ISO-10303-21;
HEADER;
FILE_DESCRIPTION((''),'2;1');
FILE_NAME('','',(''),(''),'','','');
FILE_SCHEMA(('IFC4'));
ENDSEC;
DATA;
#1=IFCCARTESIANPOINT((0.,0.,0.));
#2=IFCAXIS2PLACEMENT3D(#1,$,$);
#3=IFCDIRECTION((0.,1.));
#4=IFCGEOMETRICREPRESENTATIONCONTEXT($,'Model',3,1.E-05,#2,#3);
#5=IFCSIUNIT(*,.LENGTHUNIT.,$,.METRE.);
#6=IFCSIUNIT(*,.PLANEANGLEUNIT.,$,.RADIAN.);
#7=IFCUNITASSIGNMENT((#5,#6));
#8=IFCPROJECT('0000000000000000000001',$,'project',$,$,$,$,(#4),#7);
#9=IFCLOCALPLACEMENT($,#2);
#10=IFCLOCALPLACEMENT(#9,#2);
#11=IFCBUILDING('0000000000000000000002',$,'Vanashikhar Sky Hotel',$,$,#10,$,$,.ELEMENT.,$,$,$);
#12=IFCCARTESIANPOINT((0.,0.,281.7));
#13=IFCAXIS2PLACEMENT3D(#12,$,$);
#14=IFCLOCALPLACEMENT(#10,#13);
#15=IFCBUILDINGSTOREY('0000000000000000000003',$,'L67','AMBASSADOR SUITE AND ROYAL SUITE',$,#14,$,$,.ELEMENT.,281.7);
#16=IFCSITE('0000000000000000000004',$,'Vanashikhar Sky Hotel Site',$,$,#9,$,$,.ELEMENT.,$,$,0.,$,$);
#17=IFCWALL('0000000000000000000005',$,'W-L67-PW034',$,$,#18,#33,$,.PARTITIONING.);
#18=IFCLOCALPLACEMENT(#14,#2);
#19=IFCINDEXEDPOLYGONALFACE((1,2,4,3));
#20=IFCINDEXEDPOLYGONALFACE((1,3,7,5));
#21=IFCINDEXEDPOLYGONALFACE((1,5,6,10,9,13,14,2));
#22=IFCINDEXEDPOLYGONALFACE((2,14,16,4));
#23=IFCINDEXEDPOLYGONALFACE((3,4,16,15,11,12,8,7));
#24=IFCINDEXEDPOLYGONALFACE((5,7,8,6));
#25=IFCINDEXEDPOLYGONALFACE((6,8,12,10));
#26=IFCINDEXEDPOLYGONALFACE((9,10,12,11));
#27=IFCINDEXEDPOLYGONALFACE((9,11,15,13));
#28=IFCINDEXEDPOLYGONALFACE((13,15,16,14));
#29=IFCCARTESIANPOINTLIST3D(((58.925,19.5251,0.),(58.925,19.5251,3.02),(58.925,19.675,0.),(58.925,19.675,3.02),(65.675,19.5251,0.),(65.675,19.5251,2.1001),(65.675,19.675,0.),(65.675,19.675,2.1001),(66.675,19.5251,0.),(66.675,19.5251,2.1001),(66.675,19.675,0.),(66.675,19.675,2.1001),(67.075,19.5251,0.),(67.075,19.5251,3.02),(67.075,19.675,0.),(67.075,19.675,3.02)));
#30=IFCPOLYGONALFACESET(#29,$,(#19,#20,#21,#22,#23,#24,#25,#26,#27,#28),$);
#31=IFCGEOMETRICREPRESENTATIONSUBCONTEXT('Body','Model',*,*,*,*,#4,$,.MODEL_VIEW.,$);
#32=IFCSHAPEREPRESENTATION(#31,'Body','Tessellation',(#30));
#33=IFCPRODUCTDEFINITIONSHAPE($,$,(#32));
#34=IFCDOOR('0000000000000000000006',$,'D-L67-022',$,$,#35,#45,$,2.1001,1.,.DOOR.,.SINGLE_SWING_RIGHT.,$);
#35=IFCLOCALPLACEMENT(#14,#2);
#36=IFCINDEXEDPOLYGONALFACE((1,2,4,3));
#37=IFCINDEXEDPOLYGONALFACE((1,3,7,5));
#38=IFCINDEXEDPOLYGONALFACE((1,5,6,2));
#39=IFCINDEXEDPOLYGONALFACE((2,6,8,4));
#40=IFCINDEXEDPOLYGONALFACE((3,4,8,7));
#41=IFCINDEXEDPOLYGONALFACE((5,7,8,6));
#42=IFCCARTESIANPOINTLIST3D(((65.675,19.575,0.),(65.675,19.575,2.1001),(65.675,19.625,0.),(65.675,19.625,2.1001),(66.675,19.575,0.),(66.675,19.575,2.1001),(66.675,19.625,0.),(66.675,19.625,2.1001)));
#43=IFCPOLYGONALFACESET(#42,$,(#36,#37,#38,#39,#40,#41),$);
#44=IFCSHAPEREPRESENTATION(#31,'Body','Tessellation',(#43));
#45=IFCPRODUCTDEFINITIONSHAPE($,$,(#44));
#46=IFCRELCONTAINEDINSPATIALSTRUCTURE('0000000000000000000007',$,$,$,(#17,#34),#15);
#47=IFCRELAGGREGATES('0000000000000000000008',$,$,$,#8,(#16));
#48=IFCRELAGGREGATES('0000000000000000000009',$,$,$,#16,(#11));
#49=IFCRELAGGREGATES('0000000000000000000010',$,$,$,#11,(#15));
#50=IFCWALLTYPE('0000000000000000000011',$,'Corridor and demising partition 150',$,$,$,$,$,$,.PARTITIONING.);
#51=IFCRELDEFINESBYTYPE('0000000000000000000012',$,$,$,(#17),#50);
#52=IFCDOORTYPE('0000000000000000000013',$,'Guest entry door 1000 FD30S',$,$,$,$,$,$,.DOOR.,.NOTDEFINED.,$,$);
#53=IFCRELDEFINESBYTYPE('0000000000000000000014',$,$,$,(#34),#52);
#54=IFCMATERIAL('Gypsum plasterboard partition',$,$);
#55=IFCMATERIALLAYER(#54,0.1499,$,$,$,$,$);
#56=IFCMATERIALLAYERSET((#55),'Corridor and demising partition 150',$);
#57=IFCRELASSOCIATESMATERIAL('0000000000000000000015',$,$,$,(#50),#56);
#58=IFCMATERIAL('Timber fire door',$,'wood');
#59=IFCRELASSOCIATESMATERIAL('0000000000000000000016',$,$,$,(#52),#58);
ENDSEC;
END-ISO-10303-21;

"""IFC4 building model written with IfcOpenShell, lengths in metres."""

from ifc_helpers import new_model, si_unit, direction, frame, frame_2d, origin, place, context, subcontext, project, spatial, rectangle, extrude, source, transform, mapped, material, layer, layer_set, type_object, element, fill, save


model = new_model("IFC4")

# Units and contexts
model_context = context("Model", 3, precision=1e-05, world=origin(), true_north=direction((0.0, 1.0)))
body_context = subcontext(model_context, "Body", "Model", "MODEL_VIEW")
ifc_project = project(units=[si_unit("LENGTHUNIT", "METRE"), si_unit("PLANEANGLEUNIT", "RADIAN")], contexts=[model_context])

# Site, building, storey
site_placement = place(None, origin())
site = spatial("IfcSite", under=ifc_project, at=site_placement, Name="Vanashikhar Sky Hotel Site", CompositionType="ELEMENT", RefElevation=0.0)
building_placement = place(site_placement, origin())
building = spatial("IfcBuilding", under=site, at=building_placement, Name="Vanashikhar Sky Hotel", CompositionType="ELEMENT")
storey_placement = place(building_placement, frame((0.0, 0.0, 281.7)))
storey = spatial("IfcBuildingStorey", under=building, at=storey_placement, Name="L67", Description="AMBASSADOR SUITE AND ROYAL SUITE", CompositionType="ELEMENT", Elevation=281.7)

# Wall, opening, door
ifc_material_1 = material(Name="Gypsum plasterboard partition")
ifc_layer_1 = layer(ifc_material_1, 0.1499)
ifc_layer_set_1 = layer_set([ifc_layer_1], Name="Corridor and demising partition 150")
wall_type_1 = type_object("IfcWallType", Name="Corridor and demising partition 150", PredefinedType="PARTITIONING", material=ifc_layer_set_1)
shared_shape_1 = source(origin(), body_context, "Body", "SweptSolid", [
    extrude(rectangle(XDim=8.1499, YDim=0.1499, at=frame_2d((4.075, 0.0))), origin(), (0.0, 0.0, 1.0), 3.02),
])
wall_1_placement = place(storey_placement, frame((58.925, 19.6001, 0.0), z_axis=(0.0, 0.0, 1.0), x_axis=(1.0, 0.0, 0.0)))
wall_1 = element("IfcWall", 1, at=wall_1_placement, inside=storey, type_object=wall_type_1, Name="W-L67-PW034", PredefinedType="PARTITIONING", context=body_context, shape_type="MappedRepresentation", body=[
    mapped(shared_shape_1, transform((0.0, 0.0, 0.0), scale=1.0)),
])
shared_shape_2 = source(origin(), body_context, "Body", "SweptSolid", [
    extrude(rectangle(XDim=1.0, YDim=2.1001, at=frame_2d((0.5, 1.05))), frame((0.0, 0.085, 0.0), z_axis=(0.0, -1.0, 0.0), x_axis=(1.0, 0.0, 0.0)), (0.0, 0.0, 1.0), 0.1699),
])
opening_1_placement = place(wall_1_placement, frame((6.75, 0.0, 0.0)))
opening_1 = element("IfcOpeningElement", 2, at=opening_1_placement, cuts=wall_1, PredefinedType="OPENING", context=body_context, shape_type="MappedRepresentation", body=[
    mapped(shared_shape_2, transform((0.0, 0.0, 0.0), scale=1.0)),
])
ifc_material_2 = material(Name="Timber fire door", Category="wood")
door_type_1 = type_object("IfcDoorType", Name="Guest entry door 1000 FD30S", OperationType="NOTDEFINED", PredefinedType="DOOR", material=ifc_material_2)
shared_shape_3 = source(origin(), body_context, "Body", "SweptSolid", [
    extrude(rectangle(XDim=1.0, YDim=2.1001, at=frame_2d((0.5, 1.05))), frame((0.0, 0.0249, 0.0), z_axis=(0.0, -1.0, 0.0), x_axis=(1.0, 0.0, 0.0)), (0.0, 0.0, 1.0), 0.05),
])
door_1_placement = place(opening_1_placement, origin())
door_1 = element("IfcDoor", 3, at=door_1_placement, inside=storey, type_object=door_type_1, Name="D-L67-022", OperationType="SINGLE_SWING_RIGHT", OverallHeight=2.1001, OverallWidth=1.0, PredefinedType="DOOR", context=body_context, shape_type="MappedRepresentation", body=[
    mapped(shared_shape_3, transform((0.0, 0.0, 0.0), scale=1.0)),
])
fill(opening_1, door_1)

save(model, "model.ifc")
